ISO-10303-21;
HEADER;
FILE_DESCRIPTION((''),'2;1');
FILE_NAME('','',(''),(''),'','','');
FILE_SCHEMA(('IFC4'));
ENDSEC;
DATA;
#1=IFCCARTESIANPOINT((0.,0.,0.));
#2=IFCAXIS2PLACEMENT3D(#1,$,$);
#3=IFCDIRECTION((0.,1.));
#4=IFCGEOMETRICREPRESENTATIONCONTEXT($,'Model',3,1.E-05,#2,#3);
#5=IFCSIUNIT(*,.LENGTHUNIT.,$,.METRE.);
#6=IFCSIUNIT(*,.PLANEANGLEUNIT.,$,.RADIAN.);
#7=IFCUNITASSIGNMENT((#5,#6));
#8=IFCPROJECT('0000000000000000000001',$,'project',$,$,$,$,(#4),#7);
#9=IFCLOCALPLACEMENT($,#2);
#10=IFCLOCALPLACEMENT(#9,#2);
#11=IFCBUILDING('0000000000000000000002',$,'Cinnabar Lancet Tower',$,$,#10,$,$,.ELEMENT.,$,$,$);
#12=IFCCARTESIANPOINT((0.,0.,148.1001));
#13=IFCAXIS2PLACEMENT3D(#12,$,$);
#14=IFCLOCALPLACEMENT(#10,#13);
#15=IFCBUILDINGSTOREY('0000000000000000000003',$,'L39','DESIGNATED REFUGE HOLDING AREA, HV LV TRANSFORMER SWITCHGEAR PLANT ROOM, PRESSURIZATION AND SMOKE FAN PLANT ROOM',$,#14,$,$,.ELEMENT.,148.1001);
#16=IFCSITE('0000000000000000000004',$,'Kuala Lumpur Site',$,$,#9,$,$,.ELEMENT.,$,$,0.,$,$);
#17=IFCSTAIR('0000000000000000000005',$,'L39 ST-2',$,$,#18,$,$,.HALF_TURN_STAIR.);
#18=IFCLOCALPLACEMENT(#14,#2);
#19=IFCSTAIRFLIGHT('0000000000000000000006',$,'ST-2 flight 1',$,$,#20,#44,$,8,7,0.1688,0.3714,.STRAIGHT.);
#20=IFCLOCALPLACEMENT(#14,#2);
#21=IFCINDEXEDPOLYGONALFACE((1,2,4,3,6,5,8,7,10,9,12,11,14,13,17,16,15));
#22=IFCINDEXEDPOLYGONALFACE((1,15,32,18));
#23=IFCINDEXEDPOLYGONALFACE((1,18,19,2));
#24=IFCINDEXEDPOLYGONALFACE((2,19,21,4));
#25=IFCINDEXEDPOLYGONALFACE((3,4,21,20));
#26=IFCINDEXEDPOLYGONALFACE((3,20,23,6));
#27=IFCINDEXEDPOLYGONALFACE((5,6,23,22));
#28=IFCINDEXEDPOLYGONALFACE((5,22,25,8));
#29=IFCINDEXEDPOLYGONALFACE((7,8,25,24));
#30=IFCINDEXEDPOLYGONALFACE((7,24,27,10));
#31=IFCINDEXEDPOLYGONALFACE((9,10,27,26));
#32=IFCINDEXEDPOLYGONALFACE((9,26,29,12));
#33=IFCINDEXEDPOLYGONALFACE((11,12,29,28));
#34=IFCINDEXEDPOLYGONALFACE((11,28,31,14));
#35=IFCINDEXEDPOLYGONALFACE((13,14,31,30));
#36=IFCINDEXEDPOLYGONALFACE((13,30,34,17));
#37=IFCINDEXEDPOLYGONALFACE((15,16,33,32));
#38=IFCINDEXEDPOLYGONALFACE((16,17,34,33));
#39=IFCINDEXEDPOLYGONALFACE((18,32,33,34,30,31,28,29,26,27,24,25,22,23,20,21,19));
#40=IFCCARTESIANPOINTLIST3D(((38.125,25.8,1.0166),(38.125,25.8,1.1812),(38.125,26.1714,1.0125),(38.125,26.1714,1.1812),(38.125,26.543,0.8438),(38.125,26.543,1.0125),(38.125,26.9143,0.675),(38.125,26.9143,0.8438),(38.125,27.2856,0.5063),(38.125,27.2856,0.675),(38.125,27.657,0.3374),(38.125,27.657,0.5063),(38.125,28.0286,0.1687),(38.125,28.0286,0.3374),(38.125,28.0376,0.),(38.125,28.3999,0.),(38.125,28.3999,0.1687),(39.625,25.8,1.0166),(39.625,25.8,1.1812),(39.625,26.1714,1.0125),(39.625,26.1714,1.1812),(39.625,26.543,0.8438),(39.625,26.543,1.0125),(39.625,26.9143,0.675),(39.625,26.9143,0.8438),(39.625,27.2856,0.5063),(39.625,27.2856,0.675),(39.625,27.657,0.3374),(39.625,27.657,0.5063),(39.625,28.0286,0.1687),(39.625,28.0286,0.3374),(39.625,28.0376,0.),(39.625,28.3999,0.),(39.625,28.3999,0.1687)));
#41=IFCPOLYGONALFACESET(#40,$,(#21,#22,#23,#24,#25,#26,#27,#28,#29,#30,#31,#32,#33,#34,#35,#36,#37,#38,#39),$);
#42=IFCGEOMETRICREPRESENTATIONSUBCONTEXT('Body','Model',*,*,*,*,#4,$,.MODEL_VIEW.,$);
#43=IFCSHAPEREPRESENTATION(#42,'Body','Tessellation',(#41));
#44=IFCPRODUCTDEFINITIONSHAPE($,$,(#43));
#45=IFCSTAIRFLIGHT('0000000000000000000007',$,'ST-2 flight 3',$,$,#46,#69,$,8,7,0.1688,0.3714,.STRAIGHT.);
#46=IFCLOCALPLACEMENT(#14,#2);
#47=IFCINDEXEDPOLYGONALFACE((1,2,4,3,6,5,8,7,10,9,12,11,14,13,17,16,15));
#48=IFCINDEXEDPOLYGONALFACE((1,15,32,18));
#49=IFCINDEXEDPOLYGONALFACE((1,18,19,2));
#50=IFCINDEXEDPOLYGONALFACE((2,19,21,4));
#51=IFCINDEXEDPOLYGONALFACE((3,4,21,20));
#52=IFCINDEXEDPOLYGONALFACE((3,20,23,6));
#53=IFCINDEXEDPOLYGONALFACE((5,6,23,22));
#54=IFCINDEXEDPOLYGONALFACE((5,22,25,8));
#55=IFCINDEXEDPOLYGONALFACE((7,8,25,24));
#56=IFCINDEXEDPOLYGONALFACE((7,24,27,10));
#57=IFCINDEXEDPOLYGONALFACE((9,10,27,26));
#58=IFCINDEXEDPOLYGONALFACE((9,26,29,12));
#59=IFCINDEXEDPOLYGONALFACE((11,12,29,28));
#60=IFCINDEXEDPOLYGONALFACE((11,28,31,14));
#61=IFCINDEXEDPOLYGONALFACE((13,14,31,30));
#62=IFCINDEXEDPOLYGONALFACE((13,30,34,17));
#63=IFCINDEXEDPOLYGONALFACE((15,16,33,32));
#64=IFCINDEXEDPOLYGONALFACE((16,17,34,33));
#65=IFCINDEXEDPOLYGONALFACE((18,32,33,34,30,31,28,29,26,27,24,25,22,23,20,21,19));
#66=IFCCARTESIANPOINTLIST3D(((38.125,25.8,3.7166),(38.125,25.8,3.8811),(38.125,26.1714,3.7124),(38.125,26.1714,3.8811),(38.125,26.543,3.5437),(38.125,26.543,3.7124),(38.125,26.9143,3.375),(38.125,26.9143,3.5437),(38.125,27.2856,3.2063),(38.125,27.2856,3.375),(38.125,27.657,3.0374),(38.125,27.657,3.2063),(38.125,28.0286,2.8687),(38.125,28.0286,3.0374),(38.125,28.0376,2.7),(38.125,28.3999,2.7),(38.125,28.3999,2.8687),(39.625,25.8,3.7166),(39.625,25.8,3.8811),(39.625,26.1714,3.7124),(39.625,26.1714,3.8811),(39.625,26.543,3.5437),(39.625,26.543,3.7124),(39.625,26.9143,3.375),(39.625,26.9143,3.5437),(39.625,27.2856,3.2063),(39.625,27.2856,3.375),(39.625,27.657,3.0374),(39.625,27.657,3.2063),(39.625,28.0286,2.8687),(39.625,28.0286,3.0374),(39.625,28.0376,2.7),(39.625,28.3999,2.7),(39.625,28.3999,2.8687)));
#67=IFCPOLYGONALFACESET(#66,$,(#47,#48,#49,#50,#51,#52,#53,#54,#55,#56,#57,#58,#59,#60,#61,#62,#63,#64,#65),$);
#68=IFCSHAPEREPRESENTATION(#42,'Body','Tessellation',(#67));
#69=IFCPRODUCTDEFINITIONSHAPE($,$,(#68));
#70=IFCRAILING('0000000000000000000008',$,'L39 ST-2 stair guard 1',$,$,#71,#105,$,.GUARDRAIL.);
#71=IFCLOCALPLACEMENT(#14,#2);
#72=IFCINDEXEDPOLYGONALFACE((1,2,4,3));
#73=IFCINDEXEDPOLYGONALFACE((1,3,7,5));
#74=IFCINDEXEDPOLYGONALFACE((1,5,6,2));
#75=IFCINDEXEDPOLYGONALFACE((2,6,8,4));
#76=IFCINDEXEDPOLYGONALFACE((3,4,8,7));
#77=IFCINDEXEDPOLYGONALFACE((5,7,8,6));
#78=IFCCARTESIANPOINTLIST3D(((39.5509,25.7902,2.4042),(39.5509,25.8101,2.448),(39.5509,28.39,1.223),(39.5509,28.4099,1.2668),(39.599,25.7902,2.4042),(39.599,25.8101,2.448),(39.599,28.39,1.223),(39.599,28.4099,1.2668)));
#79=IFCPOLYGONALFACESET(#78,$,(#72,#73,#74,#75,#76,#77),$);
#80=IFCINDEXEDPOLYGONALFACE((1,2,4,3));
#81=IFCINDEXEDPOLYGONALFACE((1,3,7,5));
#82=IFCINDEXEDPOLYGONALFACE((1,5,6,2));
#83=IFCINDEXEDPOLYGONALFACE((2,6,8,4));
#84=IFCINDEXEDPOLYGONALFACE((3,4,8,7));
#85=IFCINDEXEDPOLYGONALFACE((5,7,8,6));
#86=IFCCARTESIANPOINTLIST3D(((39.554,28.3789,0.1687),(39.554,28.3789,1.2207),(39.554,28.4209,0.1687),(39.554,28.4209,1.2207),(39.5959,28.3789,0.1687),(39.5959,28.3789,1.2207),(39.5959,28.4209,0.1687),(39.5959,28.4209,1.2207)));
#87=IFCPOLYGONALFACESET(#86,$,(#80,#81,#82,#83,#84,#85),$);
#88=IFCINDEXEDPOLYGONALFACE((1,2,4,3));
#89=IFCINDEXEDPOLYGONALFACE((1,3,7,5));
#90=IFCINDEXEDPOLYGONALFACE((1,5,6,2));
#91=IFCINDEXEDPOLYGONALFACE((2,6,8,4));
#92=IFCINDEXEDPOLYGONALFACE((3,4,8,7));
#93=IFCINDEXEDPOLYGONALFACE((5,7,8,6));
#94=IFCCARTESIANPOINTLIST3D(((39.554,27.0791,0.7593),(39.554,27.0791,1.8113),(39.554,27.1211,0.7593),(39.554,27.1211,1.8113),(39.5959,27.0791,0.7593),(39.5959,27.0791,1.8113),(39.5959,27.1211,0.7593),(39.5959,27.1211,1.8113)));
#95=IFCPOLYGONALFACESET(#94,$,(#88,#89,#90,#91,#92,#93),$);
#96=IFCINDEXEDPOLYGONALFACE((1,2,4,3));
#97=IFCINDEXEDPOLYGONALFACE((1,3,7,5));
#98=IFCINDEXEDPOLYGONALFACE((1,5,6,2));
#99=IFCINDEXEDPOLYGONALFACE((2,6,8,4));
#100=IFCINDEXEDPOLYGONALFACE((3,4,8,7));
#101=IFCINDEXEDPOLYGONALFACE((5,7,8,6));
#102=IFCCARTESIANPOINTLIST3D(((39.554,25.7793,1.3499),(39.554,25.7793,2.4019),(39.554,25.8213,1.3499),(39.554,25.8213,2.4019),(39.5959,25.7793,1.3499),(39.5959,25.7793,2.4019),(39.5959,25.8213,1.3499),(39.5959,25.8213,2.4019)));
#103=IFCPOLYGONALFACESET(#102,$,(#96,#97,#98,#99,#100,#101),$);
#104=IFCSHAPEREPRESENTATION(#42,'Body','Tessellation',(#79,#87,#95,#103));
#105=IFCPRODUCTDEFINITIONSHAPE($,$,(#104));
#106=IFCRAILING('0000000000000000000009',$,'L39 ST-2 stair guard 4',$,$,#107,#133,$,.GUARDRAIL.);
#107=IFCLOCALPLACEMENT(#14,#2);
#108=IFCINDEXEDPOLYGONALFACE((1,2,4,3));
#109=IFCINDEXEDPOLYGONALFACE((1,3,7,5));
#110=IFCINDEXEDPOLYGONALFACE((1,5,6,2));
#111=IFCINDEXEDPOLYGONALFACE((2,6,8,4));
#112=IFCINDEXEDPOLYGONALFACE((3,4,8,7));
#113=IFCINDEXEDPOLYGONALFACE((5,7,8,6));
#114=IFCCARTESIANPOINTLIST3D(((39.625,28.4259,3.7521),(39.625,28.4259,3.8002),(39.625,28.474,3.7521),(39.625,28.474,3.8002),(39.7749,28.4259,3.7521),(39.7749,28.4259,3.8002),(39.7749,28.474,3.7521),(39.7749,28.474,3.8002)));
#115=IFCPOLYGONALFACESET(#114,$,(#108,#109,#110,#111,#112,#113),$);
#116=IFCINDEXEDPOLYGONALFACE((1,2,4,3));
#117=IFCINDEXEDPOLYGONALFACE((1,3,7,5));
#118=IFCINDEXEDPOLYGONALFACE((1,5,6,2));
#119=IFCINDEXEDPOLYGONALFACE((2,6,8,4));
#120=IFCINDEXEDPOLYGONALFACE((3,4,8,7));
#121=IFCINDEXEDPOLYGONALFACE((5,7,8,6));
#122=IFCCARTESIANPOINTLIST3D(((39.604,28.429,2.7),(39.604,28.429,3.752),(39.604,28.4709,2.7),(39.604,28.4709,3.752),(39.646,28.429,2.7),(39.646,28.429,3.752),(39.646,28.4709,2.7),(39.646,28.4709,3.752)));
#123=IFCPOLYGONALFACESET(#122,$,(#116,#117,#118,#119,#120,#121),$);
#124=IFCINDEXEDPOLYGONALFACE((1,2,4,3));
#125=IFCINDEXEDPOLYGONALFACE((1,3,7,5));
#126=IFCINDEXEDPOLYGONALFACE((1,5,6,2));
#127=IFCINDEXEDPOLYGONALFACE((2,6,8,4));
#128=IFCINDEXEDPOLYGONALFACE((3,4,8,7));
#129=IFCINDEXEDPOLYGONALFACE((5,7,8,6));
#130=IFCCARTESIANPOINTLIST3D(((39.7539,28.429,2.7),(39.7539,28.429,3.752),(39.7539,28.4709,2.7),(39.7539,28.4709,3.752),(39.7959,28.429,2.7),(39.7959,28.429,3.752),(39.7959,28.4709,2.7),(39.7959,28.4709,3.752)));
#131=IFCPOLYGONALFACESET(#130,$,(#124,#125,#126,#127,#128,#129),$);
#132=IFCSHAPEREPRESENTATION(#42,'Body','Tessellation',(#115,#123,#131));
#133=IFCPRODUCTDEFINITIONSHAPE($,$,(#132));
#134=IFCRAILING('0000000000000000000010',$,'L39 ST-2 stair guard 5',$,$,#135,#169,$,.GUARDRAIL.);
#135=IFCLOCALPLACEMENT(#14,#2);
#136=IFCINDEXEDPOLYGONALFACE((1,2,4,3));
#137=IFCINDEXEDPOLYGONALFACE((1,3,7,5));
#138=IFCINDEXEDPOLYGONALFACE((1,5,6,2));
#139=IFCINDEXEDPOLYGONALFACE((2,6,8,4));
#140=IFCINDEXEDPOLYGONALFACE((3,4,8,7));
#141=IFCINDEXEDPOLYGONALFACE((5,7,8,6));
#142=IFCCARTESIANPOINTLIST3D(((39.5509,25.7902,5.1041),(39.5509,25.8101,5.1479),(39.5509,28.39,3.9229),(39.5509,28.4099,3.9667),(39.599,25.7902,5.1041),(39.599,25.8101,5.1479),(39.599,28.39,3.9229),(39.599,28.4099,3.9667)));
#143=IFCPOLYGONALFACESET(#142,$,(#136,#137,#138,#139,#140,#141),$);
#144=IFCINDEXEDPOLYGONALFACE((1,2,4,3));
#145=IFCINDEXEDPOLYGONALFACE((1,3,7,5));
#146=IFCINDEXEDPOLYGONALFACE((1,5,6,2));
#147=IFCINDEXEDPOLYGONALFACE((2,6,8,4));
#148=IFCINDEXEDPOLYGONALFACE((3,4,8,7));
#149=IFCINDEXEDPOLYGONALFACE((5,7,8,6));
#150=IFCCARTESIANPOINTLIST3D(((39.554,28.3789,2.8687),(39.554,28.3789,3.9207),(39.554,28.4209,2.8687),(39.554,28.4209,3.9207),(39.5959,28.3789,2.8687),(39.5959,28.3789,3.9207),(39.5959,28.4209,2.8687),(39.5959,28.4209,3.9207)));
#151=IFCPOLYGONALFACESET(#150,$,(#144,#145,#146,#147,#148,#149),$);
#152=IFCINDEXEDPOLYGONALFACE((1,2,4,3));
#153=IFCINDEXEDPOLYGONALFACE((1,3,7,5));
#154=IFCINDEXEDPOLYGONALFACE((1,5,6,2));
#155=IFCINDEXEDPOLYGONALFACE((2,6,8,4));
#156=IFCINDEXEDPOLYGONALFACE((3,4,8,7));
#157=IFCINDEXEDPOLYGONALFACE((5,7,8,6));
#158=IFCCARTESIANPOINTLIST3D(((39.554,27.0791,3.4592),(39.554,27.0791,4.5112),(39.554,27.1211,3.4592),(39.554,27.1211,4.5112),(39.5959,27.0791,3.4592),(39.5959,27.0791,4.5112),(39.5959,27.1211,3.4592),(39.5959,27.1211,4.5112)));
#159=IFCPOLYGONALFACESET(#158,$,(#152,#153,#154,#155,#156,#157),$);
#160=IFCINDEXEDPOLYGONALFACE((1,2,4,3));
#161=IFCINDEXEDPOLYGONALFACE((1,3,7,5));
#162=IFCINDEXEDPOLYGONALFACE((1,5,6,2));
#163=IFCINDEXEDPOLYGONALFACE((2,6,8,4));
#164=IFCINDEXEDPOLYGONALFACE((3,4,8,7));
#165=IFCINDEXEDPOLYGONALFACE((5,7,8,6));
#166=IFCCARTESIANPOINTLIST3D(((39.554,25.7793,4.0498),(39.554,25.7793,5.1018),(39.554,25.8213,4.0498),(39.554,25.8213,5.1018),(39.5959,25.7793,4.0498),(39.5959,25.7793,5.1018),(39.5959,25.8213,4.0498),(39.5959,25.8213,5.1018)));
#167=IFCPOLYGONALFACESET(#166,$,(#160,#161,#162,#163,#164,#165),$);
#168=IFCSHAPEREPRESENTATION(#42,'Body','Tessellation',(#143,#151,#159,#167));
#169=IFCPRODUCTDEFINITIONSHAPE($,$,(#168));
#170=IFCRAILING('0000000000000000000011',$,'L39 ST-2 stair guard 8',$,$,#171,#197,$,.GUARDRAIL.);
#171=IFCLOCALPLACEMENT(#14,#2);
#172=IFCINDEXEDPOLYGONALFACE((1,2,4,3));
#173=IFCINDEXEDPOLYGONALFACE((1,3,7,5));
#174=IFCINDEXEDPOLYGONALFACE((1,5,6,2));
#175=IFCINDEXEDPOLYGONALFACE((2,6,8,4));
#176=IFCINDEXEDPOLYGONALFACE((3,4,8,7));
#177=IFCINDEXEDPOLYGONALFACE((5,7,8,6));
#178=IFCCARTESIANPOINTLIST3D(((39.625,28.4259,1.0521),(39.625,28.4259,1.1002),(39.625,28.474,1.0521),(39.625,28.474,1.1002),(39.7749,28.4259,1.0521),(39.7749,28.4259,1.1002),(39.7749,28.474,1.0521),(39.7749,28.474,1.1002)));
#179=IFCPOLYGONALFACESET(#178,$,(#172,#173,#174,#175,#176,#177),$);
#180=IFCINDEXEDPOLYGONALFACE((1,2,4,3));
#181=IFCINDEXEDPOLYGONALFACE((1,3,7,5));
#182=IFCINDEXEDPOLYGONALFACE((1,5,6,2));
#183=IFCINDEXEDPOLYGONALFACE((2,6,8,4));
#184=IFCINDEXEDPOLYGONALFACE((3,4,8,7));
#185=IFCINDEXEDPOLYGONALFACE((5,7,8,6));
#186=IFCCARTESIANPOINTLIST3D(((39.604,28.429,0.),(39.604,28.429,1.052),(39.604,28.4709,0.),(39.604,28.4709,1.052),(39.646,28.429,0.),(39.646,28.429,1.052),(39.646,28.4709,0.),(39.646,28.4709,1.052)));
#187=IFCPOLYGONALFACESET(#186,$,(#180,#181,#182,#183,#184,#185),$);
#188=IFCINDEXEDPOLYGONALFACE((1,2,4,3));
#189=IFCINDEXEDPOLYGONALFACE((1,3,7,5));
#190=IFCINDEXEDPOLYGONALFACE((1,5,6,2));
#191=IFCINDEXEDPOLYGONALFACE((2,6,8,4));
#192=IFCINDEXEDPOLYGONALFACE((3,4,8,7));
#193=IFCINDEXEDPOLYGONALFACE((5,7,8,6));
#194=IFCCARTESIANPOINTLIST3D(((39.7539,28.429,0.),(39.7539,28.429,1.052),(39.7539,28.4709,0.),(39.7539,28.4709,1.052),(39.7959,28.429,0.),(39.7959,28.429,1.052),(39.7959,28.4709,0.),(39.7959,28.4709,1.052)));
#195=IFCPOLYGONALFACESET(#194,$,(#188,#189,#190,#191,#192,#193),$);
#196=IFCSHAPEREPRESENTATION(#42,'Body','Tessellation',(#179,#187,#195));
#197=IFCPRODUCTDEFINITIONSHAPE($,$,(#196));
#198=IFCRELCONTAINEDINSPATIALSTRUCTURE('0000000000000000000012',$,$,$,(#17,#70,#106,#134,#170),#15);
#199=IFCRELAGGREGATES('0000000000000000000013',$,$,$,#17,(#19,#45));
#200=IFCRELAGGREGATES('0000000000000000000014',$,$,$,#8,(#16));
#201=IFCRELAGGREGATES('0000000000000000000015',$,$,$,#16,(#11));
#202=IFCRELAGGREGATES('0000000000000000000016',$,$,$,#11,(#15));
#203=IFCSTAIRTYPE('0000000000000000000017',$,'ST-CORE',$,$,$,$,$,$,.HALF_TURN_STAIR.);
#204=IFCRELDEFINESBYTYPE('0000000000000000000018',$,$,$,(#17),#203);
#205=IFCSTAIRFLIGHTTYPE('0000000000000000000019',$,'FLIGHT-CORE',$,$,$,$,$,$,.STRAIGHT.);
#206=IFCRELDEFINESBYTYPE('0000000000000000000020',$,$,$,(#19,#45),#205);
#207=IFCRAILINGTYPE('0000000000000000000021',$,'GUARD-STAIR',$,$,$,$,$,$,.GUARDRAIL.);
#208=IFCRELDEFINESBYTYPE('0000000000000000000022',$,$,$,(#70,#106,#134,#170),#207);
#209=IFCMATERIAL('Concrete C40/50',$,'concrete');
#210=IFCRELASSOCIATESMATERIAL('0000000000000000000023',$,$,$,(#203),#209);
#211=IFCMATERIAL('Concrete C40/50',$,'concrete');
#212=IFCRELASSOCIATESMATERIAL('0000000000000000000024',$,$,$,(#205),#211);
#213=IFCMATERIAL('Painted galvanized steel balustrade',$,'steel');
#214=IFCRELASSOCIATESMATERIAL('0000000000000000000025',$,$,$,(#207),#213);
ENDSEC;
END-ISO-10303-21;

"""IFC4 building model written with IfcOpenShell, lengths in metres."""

from ifc_helpers import new_model, si_unit, direction, frame, origin, origin_2d, place, context, subcontext, project, spatial, polyline, rectangle, outline, extrude, material, type_object, element, aggregate, save


model = new_model("IFC4")

# Units and contexts
model_context = context("Model", 3, precision=1e-05, world=origin(), true_north=direction((0.0, 1.0)))
body_context = subcontext(model_context, "Body", "Model", "MODEL_VIEW")
ifc_project = project(units=[si_unit("LENGTHUNIT", "METRE"), si_unit("PLANEANGLEUNIT", "RADIAN")], contexts=[model_context])

# Site, building, storey
site_placement = place(None, origin())
site = spatial("IfcSite", under=ifc_project, at=site_placement, Name="Kuala Lumpur Site", CompositionType="ELEMENT", RefElevation=0.0)
building_placement = place(site_placement, origin())
building = spatial("IfcBuilding", under=site, at=building_placement, Name="Cinnabar Lancet Tower", CompositionType="ELEMENT")
storey_placement = place(building_placement, frame((0.0, 0.0, 148.1001)))
storey = spatial("IfcBuildingStorey", under=building, at=storey_placement, Name="L39", Description="DESIGNATED REFUGE HOLDING AREA, HV LV TRANSFORMER SWITCHGEAR PLANT ROOM, PRESSURIZATION AND SMOKE FAN PLANT ROOM", CompositionType="ELEMENT", Elevation=148.1001)

# Stair, stair flights
ifc_material_1 = material(Name="Concrete C40/50", Category="concrete")
stair_type = type_object("IfcStairType", Name="ST-CORE", PredefinedType="HALF_TURN_STAIR", material=ifc_material_1)
stair_placement = place(storey_placement, origin())
stair = element("IfcStair", 1, at=stair_placement, inside=storey, type_object=stair_type, Name="L39 ST-2", PredefinedType="HALF_TURN_STAIR")
ifc_material_2 = material(Name="Concrete C40/50", Category="concrete")
stair_flight_type = type_object("IfcStairFlightType", Name="FLIGHT-CORE", PredefinedType="STRAIGHT", material=ifc_material_2)
stair_flight_1_placement = place(storey_placement, frame((38.875, 28.3999, 0.0), z_axis=(0.0, 0.0, 1.0), x_axis=(0.0, -1.0, 0.0)))
stair_flight_1 = element("IfcStairFlight", 2, at=stair_flight_1_placement, type_object=stair_flight_type, Name="ST-2 flight 1", NumberOfRisers=8, NumberOfTreads=7, PredefinedType="STRAIGHT", RiserHeight=0.1688, TreadLength=0.3714, context=body_context, shape_type="SweptSolid", body=[
    extrude(outline(polyline([(0.0, 0.0), (0.0, 0.1687), (0.3713, 0.1687), (0.3713, 0.3374), (0.7429, 0.3374), (0.7429, 0.5063), (1.1143, 0.5063), (1.1143, 0.675), (1.4856, 0.675), (1.4856, 0.8438), (1.8569, 0.8438), (1.8569, 1.0125), (2.2285, 1.0125), (2.2285, 1.1812), (2.5999, 1.1812), (2.5999, 1.3501), (2.5999, 1.0166), (0.3623, 0.0), (0.0, 0.0)])), frame((0.0, 0.75, 0.0), z_axis=(0.0, -1.0, 0.0), x_axis=(1.0, 0.0, 0.0)), (0.0, 0.0, 1.0), 1.5),
])
stair_flight_2_placement = place(storey_placement, frame((38.875, 28.3999, 2.7), z_axis=(0.0, 0.0, 1.0), x_axis=(0.0, -1.0, 0.0)))
stair_flight_2 = element("IfcStairFlight", 3, at=stair_flight_2_placement, type_object=stair_flight_type, Name="ST-2 flight 3", NumberOfRisers=8, NumberOfTreads=7, PredefinedType="STRAIGHT", RiserHeight=0.1688, TreadLength=0.3714, context=body_context, shape_type="SweptSolid", body=[
    extrude(outline(polyline([(0.0, 0.0), (0.0, 0.1687), (0.3713, 0.1687), (0.3713, 0.3374), (0.7429, 0.3374), (0.7429, 0.5063), (1.1143, 0.5063), (1.1143, 0.675), (1.4856, 0.675), (1.4856, 0.8438), (1.8569, 0.8438), (1.8569, 1.0125), (2.2285, 1.0125), (2.2285, 1.1812), (2.5999, 1.1812), (2.5999, 1.3501), (2.5999, 1.0166), (0.3623, 0.0), (0.0, 0.0)])), frame((0.0, 0.75, 0.0), z_axis=(0.0, -1.0, 0.0), x_axis=(1.0, 0.0, 0.0)), (0.0, 0.0, 1.0), 1.5),
])
aggregate(stair, [stair_flight_1, stair_flight_2])

# Railings
ifc_material_3 = material(Name="Painted galvanized steel balustrade", Category="steel")
railing_type_1 = type_object("IfcRailingType", Name="GUARD-STAIR", PredefinedType="GUARDRAIL", material=ifc_material_3)
railing_1_placement = place(storey_placement, frame((39.575, 28.3999, 0.1687)))
element("IfcRailing", 4, at=railing_1_placement, inside=storey, type_object=railing_type_1, Name="L39 ST-2 stair guard 1", PredefinedType="GUARDRAIL", context=body_context, shape_type="SweptSolid", body=[
    extrude(rectangle(XDim=0.0481, YDim=0.0481, at=origin_2d()), frame((0.0, 0.0, 1.0762), z_axis=(0.0, -0.910431, 0.413661), x_axis=(1.0, 0.0, 0.0)), (0.0, 0.0, 1.0), 2.8555),
    extrude(rectangle(XDim=0.042, YDim=0.042, at=origin_2d()), origin(), (0.0, 0.0, 1.0), 1.052),
    extrude(rectangle(XDim=0.042, YDim=0.042, at=origin_2d()), frame((0.0, -1.2998, 0.5906)), (0.0, 0.0, 1.0), 1.052),
    extrude(rectangle(XDim=0.042, YDim=0.042, at=origin_2d()), frame((0.0, -2.5996, 1.1812)), (0.0, 0.0, 1.0), 1.052),
])
railing_2_placement = place(storey_placement, frame((39.625, 28.45, 2.7)))
element("IfcRailing", 5, at=railing_2_placement, inside=storey, type_object=railing_type_1, Name="L39 ST-2 stair guard 4", PredefinedType="GUARDRAIL", context=body_context, shape_type="SweptSolid", body=[
    extrude(rectangle(XDim=0.0481, YDim=0.0481, at=origin_2d()), frame((0.0, 0.0, 1.0762), z_axis=(1.0, 0.0, 0.0), x_axis=(0.0, 1.0, 0.0)), (0.0, 0.0, 1.0), 0.1499),
    extrude(rectangle(XDim=0.042, YDim=0.042, at=origin_2d()), origin(), (0.0, 0.0, 1.0), 1.052),
    extrude(rectangle(XDim=0.042, YDim=0.042, at=origin_2d()), frame((0.1499, 0.0, 0.0)), (0.0, 0.0, 1.0), 1.052),
])
railing_3_placement = place(storey_placement, frame((39.575, 28.3999, 2.8687)))
element("IfcRailing", 6, at=railing_3_placement, inside=storey, type_object=railing_type_1, Name="L39 ST-2 stair guard 5", PredefinedType="GUARDRAIL", context=body_context, shape_type="SweptSolid", body=[
    extrude(rectangle(XDim=0.0481, YDim=0.0481, at=origin_2d()), frame((0.0, 0.0, 1.0762), z_axis=(0.0, -0.910431, 0.413661), x_axis=(1.0, 0.0, 0.0)), (0.0, 0.0, 1.0), 2.8555),
    extrude(rectangle(XDim=0.042, YDim=0.042, at=origin_2d()), origin(), (0.0, 0.0, 1.0), 1.052),
    extrude(rectangle(XDim=0.042, YDim=0.042, at=origin_2d()), frame((0.0, -1.2998, 0.5906)), (0.0, 0.0, 1.0), 1.052),
    extrude(rectangle(XDim=0.042, YDim=0.042, at=origin_2d()), frame((0.0, -2.5996, 1.1812)), (0.0, 0.0, 1.0), 1.052),
])
railing_4_placement = place(storey_placement, frame((39.625, 28.45, 0.0)))
element("IfcRailing", 7, at=railing_4_placement, inside=storey, type_object=railing_type_1, Name="L39 ST-2 stair guard 8", PredefinedType="GUARDRAIL", context=body_context, shape_type="SweptSolid", body=[
    extrude(rectangle(XDim=0.0481, YDim=0.0481, at=origin_2d()), frame((0.0, 0.0, 1.0762), z_axis=(1.0, 0.0, 0.0), x_axis=(0.0, 1.0, 0.0)), (0.0, 0.0, 1.0), 0.1499),
    extrude(rectangle(XDim=0.042, YDim=0.042, at=origin_2d()), origin(), (0.0, 0.0, 1.0), 1.052),
    extrude(rectangle(XDim=0.042, YDim=0.042, at=origin_2d()), frame((0.1499, 0.0, 0.0)), (0.0, 0.0, 1.0), 1.052),
])

save(model, "model.ifc")
